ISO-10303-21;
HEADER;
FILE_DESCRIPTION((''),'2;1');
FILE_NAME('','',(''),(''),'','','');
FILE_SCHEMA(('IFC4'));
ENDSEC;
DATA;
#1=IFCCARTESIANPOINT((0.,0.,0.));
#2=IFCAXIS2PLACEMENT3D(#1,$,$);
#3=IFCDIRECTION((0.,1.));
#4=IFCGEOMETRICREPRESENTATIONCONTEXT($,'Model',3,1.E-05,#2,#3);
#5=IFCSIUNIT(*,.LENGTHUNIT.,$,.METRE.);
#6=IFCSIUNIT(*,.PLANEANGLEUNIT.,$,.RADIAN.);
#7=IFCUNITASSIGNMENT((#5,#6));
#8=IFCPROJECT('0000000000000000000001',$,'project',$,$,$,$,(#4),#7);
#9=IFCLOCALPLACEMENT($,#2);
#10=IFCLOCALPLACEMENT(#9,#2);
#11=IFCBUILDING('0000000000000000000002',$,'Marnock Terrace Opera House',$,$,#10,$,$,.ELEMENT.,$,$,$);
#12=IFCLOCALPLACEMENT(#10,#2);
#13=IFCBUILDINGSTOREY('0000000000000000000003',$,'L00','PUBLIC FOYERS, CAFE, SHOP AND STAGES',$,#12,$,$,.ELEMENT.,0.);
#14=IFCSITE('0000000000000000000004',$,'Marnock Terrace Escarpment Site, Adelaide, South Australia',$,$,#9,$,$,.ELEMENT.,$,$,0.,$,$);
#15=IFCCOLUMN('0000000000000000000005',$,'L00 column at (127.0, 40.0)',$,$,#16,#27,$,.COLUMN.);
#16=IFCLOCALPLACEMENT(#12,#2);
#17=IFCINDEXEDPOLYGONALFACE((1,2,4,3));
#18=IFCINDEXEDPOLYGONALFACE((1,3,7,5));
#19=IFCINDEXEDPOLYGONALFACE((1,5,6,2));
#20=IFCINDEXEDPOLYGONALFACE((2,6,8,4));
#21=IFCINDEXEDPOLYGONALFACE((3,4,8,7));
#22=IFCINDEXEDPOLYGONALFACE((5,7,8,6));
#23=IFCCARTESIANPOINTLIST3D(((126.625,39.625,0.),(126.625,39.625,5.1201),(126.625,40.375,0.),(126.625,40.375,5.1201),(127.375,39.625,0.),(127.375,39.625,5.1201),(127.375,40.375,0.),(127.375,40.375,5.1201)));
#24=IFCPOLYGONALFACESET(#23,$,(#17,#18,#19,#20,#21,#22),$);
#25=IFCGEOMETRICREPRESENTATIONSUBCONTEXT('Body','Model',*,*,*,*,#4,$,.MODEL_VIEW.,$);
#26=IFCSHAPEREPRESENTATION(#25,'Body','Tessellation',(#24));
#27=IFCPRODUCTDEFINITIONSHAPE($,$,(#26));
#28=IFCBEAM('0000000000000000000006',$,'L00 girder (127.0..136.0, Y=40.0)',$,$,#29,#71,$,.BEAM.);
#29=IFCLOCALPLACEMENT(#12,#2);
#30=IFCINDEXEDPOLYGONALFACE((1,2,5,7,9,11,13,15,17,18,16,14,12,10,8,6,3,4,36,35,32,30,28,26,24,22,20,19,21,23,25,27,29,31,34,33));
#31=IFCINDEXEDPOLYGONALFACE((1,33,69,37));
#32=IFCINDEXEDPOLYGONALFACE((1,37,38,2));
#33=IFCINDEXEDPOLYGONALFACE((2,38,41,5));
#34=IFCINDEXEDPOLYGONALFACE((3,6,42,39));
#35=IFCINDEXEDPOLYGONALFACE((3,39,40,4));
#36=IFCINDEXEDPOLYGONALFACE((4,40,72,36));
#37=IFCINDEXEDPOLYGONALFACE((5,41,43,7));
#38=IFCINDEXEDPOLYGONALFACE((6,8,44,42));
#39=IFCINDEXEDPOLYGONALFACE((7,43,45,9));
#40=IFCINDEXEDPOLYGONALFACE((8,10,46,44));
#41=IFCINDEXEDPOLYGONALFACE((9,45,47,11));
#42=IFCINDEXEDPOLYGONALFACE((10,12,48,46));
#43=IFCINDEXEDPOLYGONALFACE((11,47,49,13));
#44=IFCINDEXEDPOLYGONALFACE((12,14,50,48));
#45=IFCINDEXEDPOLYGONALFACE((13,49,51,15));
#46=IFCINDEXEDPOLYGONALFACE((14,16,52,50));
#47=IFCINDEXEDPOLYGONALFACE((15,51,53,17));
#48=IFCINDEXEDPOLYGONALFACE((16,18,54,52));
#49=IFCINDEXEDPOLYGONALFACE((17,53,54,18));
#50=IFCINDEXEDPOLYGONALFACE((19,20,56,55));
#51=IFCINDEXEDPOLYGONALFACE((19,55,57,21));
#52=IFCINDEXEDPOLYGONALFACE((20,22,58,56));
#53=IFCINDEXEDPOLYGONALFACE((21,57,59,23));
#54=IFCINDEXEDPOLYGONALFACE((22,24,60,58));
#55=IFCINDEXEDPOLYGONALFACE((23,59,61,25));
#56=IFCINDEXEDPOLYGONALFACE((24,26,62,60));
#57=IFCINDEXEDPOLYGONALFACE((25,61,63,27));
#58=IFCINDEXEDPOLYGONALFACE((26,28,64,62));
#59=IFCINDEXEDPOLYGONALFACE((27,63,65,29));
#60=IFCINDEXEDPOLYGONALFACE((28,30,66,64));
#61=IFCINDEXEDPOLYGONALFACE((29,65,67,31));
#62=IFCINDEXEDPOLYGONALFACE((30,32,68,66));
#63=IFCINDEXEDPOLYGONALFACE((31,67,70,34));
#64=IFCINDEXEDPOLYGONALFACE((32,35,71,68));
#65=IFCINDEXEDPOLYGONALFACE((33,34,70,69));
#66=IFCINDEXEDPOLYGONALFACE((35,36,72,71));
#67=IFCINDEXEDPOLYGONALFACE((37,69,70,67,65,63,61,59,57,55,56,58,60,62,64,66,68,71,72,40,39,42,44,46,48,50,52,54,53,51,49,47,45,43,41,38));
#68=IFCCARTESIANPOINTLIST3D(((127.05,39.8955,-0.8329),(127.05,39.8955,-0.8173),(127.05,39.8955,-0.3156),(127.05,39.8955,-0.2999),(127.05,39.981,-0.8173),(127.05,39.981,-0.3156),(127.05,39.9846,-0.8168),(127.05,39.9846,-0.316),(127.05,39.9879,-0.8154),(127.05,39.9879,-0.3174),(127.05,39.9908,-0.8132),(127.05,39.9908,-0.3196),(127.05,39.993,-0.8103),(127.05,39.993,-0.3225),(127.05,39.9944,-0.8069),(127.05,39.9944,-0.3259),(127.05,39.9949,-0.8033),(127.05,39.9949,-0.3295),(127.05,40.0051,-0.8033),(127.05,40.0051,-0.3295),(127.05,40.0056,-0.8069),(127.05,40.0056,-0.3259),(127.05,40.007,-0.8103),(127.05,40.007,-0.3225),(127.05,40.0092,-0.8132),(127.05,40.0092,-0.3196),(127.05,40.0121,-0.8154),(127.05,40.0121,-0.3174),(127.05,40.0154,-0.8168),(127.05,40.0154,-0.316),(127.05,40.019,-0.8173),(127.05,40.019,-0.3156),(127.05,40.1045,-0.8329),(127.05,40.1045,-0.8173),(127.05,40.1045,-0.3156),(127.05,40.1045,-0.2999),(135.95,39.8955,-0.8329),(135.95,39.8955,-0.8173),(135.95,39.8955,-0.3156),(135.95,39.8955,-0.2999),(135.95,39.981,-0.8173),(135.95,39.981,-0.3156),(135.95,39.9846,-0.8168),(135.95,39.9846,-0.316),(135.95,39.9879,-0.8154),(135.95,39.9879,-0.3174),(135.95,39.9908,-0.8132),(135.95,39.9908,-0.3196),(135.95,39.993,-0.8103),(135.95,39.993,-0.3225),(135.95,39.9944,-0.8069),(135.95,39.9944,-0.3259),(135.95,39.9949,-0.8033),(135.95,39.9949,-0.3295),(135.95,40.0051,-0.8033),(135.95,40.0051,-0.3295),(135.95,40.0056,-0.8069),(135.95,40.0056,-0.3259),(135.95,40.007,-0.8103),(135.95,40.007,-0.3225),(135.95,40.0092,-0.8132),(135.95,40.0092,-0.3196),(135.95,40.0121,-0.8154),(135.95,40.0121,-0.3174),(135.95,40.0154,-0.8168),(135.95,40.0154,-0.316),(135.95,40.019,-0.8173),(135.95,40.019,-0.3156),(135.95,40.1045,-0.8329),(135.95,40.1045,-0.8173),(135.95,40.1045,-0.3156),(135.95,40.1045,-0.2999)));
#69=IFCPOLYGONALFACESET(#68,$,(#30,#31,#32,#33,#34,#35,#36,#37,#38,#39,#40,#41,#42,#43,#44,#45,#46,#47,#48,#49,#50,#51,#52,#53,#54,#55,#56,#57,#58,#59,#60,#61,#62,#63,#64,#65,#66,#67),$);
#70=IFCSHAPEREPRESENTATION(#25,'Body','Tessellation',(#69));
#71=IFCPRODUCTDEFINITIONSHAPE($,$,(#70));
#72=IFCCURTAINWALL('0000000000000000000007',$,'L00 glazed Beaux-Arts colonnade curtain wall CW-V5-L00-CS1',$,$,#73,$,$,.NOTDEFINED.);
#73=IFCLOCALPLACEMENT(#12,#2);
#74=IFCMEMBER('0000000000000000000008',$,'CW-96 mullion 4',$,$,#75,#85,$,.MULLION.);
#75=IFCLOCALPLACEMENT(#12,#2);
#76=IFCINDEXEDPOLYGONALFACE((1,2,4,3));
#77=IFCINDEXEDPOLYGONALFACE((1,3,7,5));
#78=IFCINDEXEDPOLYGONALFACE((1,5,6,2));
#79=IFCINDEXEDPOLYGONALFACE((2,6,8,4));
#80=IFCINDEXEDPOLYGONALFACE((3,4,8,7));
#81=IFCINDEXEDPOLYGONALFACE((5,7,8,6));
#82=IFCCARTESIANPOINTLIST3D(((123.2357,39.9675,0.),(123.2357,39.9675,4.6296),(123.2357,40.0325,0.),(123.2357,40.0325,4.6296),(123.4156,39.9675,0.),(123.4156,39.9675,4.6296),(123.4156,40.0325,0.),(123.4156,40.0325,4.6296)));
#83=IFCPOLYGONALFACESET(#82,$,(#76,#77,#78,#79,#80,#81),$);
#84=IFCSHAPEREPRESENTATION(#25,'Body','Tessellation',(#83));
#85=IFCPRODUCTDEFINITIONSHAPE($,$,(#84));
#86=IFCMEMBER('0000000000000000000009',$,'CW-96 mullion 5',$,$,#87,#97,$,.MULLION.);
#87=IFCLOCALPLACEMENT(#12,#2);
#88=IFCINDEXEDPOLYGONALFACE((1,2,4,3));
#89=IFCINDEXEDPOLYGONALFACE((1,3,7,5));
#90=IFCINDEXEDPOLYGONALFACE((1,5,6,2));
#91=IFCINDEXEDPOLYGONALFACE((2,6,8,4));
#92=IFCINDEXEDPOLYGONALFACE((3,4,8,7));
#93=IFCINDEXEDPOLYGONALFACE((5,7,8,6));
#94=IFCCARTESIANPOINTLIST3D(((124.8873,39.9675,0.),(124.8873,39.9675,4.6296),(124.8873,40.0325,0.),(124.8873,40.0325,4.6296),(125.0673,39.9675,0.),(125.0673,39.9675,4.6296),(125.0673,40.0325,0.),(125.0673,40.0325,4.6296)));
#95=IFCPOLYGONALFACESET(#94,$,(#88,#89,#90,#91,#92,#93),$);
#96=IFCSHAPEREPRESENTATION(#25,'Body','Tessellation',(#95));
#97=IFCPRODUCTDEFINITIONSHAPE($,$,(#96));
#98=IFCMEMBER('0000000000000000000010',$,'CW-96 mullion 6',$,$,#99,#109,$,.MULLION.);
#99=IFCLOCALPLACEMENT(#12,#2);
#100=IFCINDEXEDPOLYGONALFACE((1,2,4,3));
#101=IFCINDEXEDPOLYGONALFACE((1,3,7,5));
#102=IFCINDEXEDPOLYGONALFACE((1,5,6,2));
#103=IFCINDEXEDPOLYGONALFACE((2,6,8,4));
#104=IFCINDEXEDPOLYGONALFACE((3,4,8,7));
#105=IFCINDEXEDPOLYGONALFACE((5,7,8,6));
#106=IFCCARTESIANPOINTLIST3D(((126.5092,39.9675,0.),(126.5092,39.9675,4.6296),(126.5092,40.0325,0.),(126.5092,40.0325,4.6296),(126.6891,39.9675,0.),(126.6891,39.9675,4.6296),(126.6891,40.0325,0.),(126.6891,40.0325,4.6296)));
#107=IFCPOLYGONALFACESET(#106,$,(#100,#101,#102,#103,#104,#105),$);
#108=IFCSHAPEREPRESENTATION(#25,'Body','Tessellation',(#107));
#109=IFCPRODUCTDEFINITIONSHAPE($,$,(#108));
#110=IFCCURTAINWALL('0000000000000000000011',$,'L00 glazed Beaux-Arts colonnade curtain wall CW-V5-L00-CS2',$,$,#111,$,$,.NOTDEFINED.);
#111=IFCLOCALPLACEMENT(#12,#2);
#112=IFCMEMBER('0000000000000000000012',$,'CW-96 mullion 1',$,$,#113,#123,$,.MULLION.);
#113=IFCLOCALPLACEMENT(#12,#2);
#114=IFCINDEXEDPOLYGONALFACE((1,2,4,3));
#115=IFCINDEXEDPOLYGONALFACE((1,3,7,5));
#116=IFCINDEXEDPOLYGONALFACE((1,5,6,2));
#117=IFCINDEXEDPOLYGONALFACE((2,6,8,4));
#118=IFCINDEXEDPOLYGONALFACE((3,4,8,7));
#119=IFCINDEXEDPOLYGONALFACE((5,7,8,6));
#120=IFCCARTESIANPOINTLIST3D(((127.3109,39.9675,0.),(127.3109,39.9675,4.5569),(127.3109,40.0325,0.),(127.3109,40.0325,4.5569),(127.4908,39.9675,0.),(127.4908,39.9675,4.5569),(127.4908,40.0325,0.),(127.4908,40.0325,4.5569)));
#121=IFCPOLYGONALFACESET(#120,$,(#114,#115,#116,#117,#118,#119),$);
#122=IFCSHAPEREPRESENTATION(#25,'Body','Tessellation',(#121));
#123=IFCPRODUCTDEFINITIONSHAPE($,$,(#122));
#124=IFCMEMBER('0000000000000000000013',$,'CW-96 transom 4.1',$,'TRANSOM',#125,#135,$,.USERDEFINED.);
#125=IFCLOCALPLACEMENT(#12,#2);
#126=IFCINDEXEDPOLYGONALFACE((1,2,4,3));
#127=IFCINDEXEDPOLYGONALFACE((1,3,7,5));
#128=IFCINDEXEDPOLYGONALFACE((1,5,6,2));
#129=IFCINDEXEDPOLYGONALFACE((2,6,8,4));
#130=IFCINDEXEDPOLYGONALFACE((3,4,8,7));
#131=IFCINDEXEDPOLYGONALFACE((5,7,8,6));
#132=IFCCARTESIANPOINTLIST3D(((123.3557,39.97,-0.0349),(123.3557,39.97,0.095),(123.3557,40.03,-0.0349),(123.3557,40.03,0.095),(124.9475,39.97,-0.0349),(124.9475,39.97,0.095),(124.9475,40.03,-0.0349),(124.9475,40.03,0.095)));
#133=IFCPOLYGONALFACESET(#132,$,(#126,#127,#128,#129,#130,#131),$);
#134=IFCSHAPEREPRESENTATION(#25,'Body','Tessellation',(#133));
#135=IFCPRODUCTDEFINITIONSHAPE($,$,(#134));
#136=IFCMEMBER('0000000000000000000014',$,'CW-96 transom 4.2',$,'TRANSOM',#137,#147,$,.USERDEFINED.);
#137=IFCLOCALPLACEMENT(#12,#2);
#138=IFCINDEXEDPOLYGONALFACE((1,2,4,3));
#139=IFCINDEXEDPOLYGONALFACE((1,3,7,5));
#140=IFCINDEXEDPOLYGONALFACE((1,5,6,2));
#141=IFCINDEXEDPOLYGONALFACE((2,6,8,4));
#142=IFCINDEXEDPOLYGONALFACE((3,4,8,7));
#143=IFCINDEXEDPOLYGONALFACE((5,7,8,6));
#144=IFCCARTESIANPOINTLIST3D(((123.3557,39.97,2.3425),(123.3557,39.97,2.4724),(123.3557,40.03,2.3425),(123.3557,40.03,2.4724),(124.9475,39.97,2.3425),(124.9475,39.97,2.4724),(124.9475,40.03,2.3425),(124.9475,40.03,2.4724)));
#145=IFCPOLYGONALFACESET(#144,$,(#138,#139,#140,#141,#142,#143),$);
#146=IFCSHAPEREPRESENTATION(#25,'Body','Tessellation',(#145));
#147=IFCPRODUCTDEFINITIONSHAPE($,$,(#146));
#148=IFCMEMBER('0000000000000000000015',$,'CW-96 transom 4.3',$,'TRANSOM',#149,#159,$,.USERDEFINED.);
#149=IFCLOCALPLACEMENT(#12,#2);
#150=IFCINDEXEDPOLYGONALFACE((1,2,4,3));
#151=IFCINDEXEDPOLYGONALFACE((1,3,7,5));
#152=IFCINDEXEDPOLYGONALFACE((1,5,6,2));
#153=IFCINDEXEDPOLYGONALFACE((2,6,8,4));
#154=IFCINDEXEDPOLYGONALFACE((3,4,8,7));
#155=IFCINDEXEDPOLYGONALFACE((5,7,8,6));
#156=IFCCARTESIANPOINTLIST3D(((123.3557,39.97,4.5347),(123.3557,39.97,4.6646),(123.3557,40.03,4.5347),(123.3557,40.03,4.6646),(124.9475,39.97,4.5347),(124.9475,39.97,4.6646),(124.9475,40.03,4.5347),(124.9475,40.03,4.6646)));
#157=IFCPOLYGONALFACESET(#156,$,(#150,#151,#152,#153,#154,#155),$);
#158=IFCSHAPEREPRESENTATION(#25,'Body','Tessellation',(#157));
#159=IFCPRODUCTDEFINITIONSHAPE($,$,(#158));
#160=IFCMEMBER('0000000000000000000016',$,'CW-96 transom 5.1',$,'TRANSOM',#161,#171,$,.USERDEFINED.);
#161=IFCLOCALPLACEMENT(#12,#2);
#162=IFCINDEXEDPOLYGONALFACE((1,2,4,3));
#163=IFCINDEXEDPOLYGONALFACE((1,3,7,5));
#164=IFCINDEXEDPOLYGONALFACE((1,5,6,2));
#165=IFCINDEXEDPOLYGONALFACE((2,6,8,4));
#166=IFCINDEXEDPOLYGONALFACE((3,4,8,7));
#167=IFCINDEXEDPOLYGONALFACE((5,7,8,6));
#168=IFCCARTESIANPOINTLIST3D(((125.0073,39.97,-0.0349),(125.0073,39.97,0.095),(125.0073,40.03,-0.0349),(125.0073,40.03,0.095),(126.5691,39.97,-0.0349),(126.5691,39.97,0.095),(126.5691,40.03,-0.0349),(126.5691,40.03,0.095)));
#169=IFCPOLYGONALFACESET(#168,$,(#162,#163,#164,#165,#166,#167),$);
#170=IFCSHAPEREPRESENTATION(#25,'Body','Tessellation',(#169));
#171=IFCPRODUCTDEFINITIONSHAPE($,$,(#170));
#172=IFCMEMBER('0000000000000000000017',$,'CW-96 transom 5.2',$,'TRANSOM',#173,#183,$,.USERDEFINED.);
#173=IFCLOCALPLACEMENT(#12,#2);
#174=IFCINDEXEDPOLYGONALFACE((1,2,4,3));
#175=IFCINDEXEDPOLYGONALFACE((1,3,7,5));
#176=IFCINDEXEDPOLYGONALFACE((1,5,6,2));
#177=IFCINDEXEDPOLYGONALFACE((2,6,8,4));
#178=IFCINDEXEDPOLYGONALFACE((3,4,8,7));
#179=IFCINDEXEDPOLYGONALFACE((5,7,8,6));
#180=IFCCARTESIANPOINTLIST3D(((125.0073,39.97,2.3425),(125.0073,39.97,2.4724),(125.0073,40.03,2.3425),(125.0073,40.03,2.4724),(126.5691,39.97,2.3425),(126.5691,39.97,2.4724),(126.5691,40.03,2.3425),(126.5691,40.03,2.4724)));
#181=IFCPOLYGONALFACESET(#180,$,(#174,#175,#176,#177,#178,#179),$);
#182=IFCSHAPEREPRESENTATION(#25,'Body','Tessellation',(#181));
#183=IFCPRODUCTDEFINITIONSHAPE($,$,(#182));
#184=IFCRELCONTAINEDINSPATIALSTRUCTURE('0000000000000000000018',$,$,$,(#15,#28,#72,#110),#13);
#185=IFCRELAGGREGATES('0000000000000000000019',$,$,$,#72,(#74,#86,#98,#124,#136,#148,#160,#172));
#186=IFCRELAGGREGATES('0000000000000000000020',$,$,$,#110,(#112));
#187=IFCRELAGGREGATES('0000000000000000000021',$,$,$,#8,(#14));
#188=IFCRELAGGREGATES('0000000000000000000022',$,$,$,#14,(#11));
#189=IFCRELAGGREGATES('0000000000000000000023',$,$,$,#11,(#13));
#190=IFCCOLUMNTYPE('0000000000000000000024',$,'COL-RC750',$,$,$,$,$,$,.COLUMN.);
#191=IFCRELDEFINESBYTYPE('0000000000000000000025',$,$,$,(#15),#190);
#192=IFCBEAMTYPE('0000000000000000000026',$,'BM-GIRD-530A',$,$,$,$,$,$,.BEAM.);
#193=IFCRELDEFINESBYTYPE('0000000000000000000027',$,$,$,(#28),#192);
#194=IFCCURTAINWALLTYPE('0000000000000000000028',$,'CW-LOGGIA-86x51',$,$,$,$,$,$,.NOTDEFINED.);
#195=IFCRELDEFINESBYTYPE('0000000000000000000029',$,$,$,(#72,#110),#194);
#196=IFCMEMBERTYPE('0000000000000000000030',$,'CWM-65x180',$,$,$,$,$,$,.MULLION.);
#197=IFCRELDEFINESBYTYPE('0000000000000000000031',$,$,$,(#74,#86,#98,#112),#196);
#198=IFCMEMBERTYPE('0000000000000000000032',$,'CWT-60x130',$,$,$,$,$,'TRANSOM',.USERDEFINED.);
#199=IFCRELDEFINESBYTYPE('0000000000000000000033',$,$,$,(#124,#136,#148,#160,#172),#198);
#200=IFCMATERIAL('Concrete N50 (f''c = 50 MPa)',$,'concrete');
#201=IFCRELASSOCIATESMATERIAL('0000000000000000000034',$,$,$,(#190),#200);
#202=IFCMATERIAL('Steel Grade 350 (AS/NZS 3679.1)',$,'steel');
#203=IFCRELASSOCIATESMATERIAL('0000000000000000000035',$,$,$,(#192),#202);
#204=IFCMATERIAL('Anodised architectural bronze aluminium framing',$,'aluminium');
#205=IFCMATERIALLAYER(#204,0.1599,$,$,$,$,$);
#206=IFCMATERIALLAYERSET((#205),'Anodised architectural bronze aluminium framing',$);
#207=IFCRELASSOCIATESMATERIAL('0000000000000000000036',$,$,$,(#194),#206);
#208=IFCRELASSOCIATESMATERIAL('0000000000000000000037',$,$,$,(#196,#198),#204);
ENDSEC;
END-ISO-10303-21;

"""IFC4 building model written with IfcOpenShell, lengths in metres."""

from ifc_helpers import new_model, si_unit, direction, frame, origin, origin_2d, place, context, subcontext, project, spatial, rectangle, i_section, extrude, material, layer, layer_set, material_profile, profile_set, type_object, element, aggregate, save


model = new_model("IFC4")

# Units and contexts
model_context = context("Model", 3, precision=1e-05, world=origin(), true_north=direction((0.0, 1.0)))
body_context = subcontext(model_context, "Body", "Model", "MODEL_VIEW")
ifc_project = project(units=[si_unit("LENGTHUNIT", "METRE"), si_unit("PLANEANGLEUNIT", "RADIAN")], contexts=[model_context])

# Site, building, storey
site_placement = place(None, origin())
site = spatial("IfcSite", under=ifc_project, at=site_placement, Name="Marnock Terrace Escarpment Site, Adelaide, South Australia", CompositionType="ELEMENT", RefElevation=0.0)
building_placement = place(site_placement, origin())
building = spatial("IfcBuilding", under=site, at=building_placement, Name="Marnock Terrace Opera House", CompositionType="ELEMENT")
storey_placement = place(building_placement, origin())
storey = spatial("IfcBuildingStorey", under=building, at=storey_placement, Name="L00", Description="PUBLIC FOYERS, CAFE, SHOP AND STAGES", CompositionType="ELEMENT", Elevation=0.0)

# Column
ifc_material_1 = material(Name="Concrete N50 (f'c = 50 MPa)", Category="concrete")
ifc_material_profile_1 = material_profile(ifc_material_1, rectangle(XDim=0.75, YDim=0.75, at=origin_2d()))
ifc_profile_set_1 = profile_set([ifc_material_profile_1], Name="Concrete N50 (f'c = 50 MPa)")
column_type = type_object("IfcColumnType", Name="COL-RC750", PredefinedType="COLUMN", material=ifc_profile_set_1)
column_placement = place(storey_placement, frame((127.0, 40.0, 0.0), z_axis=(0.0, 0.0, 1.0), x_axis=(1.0, 0.0, 0.0)))
element("IfcColumn", 1, at=column_placement, inside=storey, type_object=column_type, Name="L00 column at (127.0, 40.0)", PredefinedType="COLUMN", context=body_context, shape_type="SweptSolid", body=[
    extrude(rectangle(XDim=0.75, YDim=0.75, at=origin_2d()), origin(), (0.0, 0.0, 1.0), 5.1201),
])

# Beam
ifc_material_2 = material(Name="Steel Grade 350 (AS/NZS 3679.1)", Category="steel")
ifc_material_profile_2 = material_profile(ifc_material_2, i_section(OverallWidth=0.209, OverallDepth=0.533, WebThickness=0.0103, FlangeThickness=0.0156, FilletRadius=0.0139, at=origin_2d()))
ifc_profile_set_2 = profile_set([ifc_material_profile_2], Name="Steel Grade 350 (AS/NZS 3679.1)")
beam_type = type_object("IfcBeamType", Name="BM-GIRD-530A", PredefinedType="BEAM", material=ifc_profile_set_2)
beam_placement = place(storey_placement, frame((127.05, 40.0, -0.5664), z_axis=(1.0, 0.0, 0.0), x_axis=(0.0, 1.0, 0.0)))
element("IfcBeam", 2, at=beam_placement, inside=storey, type_object=beam_type, Name="L00 girder (127.0..136.0, Y=40.0)", PredefinedType="BEAM", context=body_context, shape_type="SweptSolid", body=[
    extrude(i_section(OverallWidth=0.209, OverallDepth=0.533, WebThickness=0.0103, FlangeThickness=0.0156, FilletRadius=0.0139, at=origin_2d()), origin(), (0.0, 0.0, 1.0), 8.8999),
])

# Curtain wall, members
ifc_material_3 = material(Name="Anodised architectural bronze aluminium framing", Category="aluminium")
ifc_layer_1 = layer(ifc_material_3, 0.1599)
ifc_layer_set_1 = layer_set([ifc_layer_1], Name="Anodised architectural bronze aluminium framing")
curtain_wall_type = type_object("IfcCurtainWallType", Name="CW-LOGGIA-86x51", PredefinedType="NOTDEFINED", material=ifc_layer_set_1)
curtain_wall_1_placement = place(storey_placement, origin())
curtain_wall_1 = element("IfcCurtainWall", 3, at=curtain_wall_1_placement, inside=storey, type_object=curtain_wall_type, Name="L00 glazed Beaux-Arts colonnade curtain wall CW-V5-L00-CS1", PredefinedType="NOTDEFINED")
ifc_material_profile_3 = material_profile(ifc_material_3, rectangle(XDim=0.0649, YDim=0.1799, at=origin_2d()))
ifc_profile_set_3 = profile_set([ifc_material_profile_3], Name="Anodised architectural bronze aluminium framing")
member_type_1 = type_object("IfcMemberType", Name="CWM-65x180", PredefinedType="MULLION", material=ifc_profile_set_3)
member_1_placement = place(storey_placement, frame((123.3257, 40.0, 0.0), z_axis=(0.0, 0.0, 1.0), x_axis=(0.0, 1.0, 0.0)))
member_1 = element("IfcMember", 4, at=member_1_placement, type_object=member_type_1, Name="CW-96 mullion 4", PredefinedType="MULLION", context=body_context, shape_type="SweptSolid", body=[
    extrude(rectangle(XDim=0.0649, YDim=0.1799, at=origin_2d()), origin(), (0.0, 0.0, 1.0), 4.6296),
])
member_2_placement = place(storey_placement, frame((124.9773, 40.0, 0.0), z_axis=(0.0, 0.0, 1.0), x_axis=(0.0, 1.0, 0.0)))
member_2 = element("IfcMember", 5, at=member_2_placement, type_object=member_type_1, Name="CW-96 mullion 5", PredefinedType="MULLION", context=body_context, shape_type="SweptSolid", body=[
    extrude(rectangle(XDim=0.0649, YDim=0.1799, at=origin_2d()), origin(), (0.0, 0.0, 1.0), 4.6296),
])
member_3_placement = place(storey_placement, frame((126.5991, 40.0, 0.0), z_axis=(0.0, 0.0, 1.0), x_axis=(0.0, 1.0, 0.0)))
member_3 = element("IfcMember", 6, at=member_3_placement, type_object=member_type_1, Name="CW-96 mullion 6", PredefinedType="MULLION", context=body_context, shape_type="SweptSolid", body=[
    extrude(rectangle(XDim=0.0649, YDim=0.1799, at=origin_2d()), origin(), (0.0, 0.0, 1.0), 4.6296),
])

# Curtain wall, member
curtain_wall_2_placement = place(storey_placement, origin())
curtain_wall_2 = element("IfcCurtainWall", 7, at=curtain_wall_2_placement, inside=storey, type_object=curtain_wall_type, Name="L00 glazed Beaux-Arts colonnade curtain wall CW-V5-L00-CS2", PredefinedType="NOTDEFINED")
member_4_placement = place(storey_placement, frame((127.4009, 40.0, 0.0), z_axis=(0.0, 0.0, 1.0), x_axis=(0.0, 1.0, 0.0)))
member_4 = element("IfcMember", 8, at=member_4_placement, type_object=member_type_1, Name="CW-96 mullion 1", PredefinedType="MULLION", context=body_context, shape_type="SweptSolid", body=[
    extrude(rectangle(XDim=0.0649, YDim=0.1799, at=origin_2d()), origin(), (0.0, 0.0, 1.0), 4.5569),
])

# Members
ifc_material_profile_4 = material_profile(ifc_material_3, rectangle(XDim=0.0601, YDim=0.1299, at=origin_2d()))
ifc_profile_set_4 = profile_set([ifc_material_profile_4], Name="Anodised architectural bronze aluminium framing")
member_type_2 = type_object("IfcMemberType", Name="CWT-60x130", ElementType="TRANSOM", PredefinedType="USERDEFINED", material=ifc_profile_set_4)
member_5_placement = place(storey_placement, frame((123.3557, 40.0, 0.03), z_axis=(1.0, 0.0, 0.0), x_axis=(0.0, 1.0, 0.0)))
member_5 = element("IfcMember", 9, at=member_5_placement, type_object=member_type_2, Name="CW-96 transom 4.1", ObjectType="TRANSOM", PredefinedType="USERDEFINED", context=body_context, shape_type="SweptSolid", body=[
    extrude(rectangle(XDim=0.0601, YDim=0.1299, at=origin_2d()), origin(), (0.0, 0.0, 1.0), 1.5918),
])
member_6_placement = place(storey_placement, frame((123.3557, 40.0, 2.4075), z_axis=(1.0, 0.0, 0.0), x_axis=(0.0, 1.0, 0.0)))
member_6 = element("IfcMember", 10, at=member_6_placement, type_object=member_type_2, Name="CW-96 transom 4.2", ObjectType="TRANSOM", PredefinedType="USERDEFINED", context=body_context, shape_type="SweptSolid", body=[
    extrude(rectangle(XDim=0.0601, YDim=0.1299, at=origin_2d()), origin(), (0.0, 0.0, 1.0), 1.5918),
])
member_7_placement = place(storey_placement, frame((123.3557, 40.0, 4.5996), z_axis=(1.0, 0.0, 0.0), x_axis=(0.0, 1.0, 0.0)))
member_7 = element("IfcMember", 11, at=member_7_placement, type_object=member_type_2, Name="CW-96 transom 4.3", ObjectType="TRANSOM", PredefinedType="USERDEFINED", context=body_context, shape_type="SweptSolid", body=[
    extrude(rectangle(XDim=0.0601, YDim=0.1299, at=origin_2d()), origin(), (0.0, 0.0, 1.0), 1.5918),
])
member_8_placement = place(storey_placement, frame((125.0073, 40.0, 0.03), z_axis=(1.0, 0.0, 0.0), x_axis=(0.0, 1.0, 0.0)))
member_8 = element("IfcMember", 12, at=member_8_placement, type_object=member_type_2, Name="CW-96 transom 5.1", ObjectType="TRANSOM", PredefinedType="USERDEFINED", context=body_context, shape_type="SweptSolid", body=[
    extrude(rectangle(XDim=0.0601, YDim=0.1299, at=origin_2d()), origin(), (0.0, 0.0, 1.0), 1.5618),
])
member_9_placement = place(storey_placement, frame((125.0073, 40.0, 2.4075), z_axis=(1.0, 0.0, 0.0), x_axis=(0.0, 1.0, 0.0)))
member_9 = element("IfcMember", 13, at=member_9_placement, type_object=member_type_2, Name="CW-96 transom 5.2", ObjectType="TRANSOM", PredefinedType="USERDEFINED", context=body_context, shape_type="SweptSolid", body=[
    extrude(rectangle(XDim=0.0601, YDim=0.1299, at=origin_2d()), origin(), (0.0, 0.0, 1.0), 1.5618),
])

aggregate(curtain_wall_1, [member_1, member_2, member_3, member_5, member_6, member_7, member_8, member_9])
aggregate(curtain_wall_2, [member_4])

save(model, "model.ifc")
